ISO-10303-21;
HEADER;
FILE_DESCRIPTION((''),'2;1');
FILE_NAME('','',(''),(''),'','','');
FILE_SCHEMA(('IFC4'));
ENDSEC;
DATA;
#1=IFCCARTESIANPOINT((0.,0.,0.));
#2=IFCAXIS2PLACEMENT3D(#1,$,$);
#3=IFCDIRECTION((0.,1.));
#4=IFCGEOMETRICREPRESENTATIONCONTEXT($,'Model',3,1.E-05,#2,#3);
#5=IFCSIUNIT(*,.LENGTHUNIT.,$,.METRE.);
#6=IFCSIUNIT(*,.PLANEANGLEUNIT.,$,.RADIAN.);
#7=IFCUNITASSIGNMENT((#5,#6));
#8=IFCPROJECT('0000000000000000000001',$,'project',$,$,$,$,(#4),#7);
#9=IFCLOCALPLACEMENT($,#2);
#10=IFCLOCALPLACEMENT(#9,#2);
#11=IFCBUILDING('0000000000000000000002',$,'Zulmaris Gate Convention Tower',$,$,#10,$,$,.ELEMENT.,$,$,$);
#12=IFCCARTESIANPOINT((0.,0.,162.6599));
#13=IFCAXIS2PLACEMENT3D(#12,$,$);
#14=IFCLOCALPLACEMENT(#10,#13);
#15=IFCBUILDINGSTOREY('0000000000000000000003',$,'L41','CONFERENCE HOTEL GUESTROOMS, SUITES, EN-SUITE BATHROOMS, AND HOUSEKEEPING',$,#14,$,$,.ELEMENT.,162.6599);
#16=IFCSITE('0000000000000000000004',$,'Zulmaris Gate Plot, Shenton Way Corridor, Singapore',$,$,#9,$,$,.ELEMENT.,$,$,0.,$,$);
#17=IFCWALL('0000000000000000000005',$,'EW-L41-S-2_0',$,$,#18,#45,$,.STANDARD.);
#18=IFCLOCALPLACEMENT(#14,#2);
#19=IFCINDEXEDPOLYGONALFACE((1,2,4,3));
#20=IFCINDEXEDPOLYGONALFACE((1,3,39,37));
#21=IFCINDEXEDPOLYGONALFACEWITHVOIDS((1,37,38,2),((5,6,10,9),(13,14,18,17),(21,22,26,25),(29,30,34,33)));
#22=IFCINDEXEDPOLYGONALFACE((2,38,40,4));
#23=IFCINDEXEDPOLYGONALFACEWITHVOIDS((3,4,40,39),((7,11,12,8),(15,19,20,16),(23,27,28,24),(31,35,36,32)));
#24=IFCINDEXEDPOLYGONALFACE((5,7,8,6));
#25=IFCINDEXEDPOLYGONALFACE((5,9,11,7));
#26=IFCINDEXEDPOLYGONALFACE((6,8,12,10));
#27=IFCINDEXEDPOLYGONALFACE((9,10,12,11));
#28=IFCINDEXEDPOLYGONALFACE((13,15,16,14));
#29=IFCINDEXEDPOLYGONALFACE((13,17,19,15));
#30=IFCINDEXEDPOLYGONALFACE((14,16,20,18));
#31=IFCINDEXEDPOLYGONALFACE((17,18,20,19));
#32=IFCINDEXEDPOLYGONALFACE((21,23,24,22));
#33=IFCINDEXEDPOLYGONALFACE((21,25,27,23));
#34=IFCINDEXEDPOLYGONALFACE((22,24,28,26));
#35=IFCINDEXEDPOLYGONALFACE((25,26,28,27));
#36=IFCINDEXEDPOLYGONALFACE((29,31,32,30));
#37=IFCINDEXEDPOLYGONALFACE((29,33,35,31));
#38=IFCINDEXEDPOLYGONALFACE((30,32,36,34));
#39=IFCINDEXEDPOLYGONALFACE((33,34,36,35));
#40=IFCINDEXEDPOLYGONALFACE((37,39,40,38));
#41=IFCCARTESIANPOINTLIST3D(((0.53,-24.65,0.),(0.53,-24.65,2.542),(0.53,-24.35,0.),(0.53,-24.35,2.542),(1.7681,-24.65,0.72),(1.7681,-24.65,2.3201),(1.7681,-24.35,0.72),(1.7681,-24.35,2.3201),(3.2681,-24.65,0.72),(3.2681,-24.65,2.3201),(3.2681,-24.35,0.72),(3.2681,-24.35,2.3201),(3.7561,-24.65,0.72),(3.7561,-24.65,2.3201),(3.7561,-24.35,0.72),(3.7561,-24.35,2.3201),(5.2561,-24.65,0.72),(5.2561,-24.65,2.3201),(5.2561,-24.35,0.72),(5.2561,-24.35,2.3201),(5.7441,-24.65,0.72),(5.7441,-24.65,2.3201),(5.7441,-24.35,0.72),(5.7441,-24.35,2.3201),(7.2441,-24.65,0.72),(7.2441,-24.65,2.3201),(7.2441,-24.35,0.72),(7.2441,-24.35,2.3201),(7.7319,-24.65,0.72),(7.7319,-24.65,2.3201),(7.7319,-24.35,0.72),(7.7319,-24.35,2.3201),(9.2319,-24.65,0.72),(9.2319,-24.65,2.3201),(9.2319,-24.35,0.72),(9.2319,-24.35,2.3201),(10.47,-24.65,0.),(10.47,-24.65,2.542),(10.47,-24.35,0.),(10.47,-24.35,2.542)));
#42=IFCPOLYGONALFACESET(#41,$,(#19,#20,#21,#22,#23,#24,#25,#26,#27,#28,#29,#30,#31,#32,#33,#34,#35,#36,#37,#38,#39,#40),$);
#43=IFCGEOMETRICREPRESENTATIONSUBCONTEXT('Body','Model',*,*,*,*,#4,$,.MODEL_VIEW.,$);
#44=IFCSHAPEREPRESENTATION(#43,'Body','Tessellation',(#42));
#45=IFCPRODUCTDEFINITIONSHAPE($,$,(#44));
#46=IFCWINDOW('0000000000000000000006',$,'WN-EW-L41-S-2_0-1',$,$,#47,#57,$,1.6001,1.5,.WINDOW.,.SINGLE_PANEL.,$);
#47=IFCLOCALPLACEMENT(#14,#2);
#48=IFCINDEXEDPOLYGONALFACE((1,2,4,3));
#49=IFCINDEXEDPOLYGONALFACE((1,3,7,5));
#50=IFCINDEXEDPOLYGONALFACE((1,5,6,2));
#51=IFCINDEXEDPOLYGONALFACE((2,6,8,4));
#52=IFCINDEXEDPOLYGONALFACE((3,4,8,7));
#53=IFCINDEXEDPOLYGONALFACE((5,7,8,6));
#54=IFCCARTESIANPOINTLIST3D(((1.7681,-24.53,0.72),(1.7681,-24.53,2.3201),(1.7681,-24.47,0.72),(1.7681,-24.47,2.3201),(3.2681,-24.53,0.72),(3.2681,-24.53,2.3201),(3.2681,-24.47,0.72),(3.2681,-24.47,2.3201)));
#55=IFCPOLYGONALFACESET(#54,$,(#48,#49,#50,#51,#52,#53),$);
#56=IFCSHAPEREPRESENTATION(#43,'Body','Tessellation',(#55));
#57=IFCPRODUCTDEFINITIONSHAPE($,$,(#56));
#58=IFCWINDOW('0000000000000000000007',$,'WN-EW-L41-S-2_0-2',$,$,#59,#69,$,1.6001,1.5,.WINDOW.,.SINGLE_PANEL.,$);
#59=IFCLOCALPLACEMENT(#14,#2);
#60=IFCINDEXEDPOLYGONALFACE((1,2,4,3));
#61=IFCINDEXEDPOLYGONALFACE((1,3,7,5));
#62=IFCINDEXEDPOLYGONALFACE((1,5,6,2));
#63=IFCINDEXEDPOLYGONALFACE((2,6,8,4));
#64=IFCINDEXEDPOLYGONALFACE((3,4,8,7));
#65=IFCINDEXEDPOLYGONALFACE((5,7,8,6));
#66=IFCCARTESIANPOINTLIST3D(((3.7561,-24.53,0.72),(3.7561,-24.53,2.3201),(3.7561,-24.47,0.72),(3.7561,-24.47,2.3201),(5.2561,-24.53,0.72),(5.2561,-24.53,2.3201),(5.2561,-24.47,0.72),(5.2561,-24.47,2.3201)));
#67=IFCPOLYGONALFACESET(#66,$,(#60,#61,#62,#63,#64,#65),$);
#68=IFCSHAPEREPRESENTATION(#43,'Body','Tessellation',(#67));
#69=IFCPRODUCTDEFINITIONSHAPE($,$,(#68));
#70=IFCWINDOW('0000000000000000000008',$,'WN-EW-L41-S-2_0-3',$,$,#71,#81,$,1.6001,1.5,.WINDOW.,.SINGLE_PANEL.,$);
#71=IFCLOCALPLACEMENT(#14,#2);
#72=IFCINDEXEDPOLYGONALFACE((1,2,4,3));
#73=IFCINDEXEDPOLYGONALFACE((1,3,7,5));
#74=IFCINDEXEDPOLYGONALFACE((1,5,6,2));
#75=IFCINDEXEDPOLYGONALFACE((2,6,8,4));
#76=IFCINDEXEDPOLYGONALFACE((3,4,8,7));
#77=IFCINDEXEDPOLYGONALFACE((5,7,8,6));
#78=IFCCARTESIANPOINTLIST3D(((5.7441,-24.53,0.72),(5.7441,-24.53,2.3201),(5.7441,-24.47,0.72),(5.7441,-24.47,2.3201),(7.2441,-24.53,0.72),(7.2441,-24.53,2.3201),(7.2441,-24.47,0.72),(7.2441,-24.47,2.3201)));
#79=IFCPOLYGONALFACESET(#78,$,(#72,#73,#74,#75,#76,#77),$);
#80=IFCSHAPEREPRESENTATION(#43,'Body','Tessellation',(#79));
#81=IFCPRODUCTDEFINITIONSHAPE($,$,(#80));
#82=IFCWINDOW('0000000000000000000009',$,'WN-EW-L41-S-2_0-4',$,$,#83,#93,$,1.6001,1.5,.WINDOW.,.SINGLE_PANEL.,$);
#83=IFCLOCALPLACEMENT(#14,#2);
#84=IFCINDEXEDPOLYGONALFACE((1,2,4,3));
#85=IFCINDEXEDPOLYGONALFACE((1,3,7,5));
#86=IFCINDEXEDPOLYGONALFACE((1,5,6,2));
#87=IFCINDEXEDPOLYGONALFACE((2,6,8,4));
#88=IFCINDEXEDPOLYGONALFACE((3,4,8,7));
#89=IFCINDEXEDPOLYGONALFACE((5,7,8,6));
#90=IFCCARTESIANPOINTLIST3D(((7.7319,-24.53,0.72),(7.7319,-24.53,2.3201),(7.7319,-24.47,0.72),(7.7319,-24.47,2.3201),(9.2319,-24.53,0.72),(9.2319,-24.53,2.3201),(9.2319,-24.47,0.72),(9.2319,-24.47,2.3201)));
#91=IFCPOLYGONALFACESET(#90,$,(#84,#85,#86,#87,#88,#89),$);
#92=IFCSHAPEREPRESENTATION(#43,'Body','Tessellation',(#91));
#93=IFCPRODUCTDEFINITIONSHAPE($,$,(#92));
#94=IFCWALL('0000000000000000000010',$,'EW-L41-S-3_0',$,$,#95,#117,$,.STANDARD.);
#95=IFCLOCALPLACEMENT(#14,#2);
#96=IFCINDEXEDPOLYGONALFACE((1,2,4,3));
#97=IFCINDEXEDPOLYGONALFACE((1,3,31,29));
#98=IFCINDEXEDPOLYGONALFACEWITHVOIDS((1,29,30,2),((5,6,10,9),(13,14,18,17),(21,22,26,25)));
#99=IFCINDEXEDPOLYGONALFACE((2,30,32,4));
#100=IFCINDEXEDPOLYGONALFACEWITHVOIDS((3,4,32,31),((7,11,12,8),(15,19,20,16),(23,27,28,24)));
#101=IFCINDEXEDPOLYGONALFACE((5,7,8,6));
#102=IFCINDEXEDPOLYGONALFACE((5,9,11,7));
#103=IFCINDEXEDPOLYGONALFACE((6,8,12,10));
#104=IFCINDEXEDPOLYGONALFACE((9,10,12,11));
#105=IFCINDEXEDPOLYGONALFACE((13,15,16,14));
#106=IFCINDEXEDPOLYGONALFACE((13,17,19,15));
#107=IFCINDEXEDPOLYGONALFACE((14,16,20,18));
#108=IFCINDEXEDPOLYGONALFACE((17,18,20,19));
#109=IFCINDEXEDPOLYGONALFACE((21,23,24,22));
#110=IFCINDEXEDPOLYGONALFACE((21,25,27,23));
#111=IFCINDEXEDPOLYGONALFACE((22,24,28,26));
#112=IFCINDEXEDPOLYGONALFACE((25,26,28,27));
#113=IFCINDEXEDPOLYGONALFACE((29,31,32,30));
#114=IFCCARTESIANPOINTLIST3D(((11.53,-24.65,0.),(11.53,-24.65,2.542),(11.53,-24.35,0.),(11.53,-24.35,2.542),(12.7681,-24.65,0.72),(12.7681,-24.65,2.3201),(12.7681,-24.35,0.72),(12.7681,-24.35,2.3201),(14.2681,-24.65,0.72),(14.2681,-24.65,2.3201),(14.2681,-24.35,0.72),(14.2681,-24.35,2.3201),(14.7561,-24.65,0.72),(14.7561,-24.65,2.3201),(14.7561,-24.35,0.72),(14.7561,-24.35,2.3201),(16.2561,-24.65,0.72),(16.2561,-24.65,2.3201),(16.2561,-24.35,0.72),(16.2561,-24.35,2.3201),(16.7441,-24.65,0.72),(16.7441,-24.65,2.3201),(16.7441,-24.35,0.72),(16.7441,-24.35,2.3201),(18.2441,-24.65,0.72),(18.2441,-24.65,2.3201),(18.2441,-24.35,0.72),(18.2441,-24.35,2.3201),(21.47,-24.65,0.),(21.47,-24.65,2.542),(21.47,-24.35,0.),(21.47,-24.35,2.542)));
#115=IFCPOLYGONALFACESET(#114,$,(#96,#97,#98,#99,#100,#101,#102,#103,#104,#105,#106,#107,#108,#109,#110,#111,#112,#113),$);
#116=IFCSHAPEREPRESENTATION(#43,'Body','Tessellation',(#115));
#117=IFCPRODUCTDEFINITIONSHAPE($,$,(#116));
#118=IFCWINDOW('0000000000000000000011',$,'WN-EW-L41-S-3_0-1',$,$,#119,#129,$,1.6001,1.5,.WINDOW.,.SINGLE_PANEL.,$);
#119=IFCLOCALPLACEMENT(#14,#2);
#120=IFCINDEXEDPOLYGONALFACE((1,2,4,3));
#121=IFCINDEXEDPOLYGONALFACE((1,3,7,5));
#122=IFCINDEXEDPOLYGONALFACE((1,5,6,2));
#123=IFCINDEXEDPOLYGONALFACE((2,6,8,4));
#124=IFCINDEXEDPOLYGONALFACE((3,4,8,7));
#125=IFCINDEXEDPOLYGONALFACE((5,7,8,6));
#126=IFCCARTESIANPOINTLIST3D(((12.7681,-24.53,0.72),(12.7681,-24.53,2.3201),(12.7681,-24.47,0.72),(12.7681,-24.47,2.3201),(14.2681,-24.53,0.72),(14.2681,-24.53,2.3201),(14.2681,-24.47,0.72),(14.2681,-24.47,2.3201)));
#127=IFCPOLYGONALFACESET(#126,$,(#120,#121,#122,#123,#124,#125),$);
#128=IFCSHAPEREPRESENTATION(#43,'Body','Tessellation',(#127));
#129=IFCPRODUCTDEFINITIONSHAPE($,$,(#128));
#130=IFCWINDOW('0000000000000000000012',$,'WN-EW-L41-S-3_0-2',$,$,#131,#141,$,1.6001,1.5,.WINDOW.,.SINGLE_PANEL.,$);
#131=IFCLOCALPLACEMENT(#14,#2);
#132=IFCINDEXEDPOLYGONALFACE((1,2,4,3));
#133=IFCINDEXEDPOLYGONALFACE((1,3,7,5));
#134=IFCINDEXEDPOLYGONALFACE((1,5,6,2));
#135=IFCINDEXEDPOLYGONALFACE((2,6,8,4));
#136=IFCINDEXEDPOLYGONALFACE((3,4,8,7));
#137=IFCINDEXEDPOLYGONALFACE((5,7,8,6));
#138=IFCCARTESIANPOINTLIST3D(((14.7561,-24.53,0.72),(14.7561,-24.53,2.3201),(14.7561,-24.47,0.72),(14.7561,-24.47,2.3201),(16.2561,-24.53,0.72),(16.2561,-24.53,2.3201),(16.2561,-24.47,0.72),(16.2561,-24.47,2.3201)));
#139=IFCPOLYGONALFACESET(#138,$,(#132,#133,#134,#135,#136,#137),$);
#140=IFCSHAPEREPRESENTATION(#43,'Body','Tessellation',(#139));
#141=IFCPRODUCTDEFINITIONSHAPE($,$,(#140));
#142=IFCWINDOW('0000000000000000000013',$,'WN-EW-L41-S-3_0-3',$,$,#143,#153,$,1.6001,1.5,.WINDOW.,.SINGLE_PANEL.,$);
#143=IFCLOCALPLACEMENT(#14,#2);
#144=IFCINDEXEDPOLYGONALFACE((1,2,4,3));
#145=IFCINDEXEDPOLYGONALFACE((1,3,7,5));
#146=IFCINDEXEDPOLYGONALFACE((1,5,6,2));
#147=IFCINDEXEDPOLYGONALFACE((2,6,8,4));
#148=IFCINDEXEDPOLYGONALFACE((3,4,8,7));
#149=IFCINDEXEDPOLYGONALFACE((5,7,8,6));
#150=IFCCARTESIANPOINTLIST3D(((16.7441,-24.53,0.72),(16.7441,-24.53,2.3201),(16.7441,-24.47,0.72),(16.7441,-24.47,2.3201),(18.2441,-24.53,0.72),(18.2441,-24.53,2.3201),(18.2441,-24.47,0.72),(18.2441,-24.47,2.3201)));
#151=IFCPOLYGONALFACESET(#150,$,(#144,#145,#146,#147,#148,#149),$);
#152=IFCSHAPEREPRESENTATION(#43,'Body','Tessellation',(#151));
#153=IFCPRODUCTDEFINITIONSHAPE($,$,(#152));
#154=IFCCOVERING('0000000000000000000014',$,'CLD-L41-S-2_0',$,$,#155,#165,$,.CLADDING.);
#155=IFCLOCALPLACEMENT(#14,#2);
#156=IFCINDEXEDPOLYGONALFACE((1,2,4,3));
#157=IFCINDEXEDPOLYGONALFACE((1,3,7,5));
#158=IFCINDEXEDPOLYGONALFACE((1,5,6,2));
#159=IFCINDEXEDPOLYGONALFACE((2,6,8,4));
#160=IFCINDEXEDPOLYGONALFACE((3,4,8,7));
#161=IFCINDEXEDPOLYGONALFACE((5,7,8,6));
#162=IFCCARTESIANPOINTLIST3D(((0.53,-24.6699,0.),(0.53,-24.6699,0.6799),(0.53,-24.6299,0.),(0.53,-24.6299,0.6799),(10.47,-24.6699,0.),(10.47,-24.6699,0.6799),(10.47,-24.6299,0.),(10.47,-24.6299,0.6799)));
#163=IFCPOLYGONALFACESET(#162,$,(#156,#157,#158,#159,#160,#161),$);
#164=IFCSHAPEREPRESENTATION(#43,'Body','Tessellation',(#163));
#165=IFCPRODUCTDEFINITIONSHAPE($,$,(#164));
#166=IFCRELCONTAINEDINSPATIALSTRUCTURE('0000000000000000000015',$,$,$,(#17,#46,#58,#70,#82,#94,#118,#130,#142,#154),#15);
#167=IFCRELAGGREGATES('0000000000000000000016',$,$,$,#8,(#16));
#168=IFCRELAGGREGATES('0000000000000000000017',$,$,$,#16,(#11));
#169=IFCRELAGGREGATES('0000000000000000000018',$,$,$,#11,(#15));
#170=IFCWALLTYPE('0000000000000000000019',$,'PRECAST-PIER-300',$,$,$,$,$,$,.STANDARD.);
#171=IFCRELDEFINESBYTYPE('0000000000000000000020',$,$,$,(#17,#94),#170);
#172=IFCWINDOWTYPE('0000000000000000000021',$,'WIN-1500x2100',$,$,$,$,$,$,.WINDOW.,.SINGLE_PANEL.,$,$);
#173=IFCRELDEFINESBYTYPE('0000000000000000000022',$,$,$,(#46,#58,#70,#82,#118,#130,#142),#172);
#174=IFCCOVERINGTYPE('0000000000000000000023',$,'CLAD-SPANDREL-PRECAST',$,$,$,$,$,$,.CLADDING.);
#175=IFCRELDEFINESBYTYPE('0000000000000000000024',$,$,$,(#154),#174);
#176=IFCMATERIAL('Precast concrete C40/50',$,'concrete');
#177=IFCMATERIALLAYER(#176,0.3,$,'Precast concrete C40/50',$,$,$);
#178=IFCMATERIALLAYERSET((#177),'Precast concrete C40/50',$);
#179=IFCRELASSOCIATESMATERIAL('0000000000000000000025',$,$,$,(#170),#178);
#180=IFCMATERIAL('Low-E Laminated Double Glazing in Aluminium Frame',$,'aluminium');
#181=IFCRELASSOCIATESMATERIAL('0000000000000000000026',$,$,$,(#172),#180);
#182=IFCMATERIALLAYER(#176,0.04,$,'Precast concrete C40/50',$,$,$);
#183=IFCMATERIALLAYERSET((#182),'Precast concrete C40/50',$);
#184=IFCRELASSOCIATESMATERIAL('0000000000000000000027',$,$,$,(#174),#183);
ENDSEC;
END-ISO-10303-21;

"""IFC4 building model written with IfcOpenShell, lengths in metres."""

from ifc_helpers import new_model, si_unit, direction, frame, frame_2d, origin, place, context, subcontext, project, spatial, rectangle, extrude, material, layer, layer_set, type_object, element, fill, save


model = new_model("IFC4")

# Units and contexts
model_context = context("Model", 3, precision=1e-05, world=origin(), true_north=direction((0.0, 1.0)))
body_context = subcontext(model_context, "Body", "Model", "MODEL_VIEW")
ifc_project = project(units=[si_unit("LENGTHUNIT", "METRE"), si_unit("PLANEANGLEUNIT", "RADIAN")], contexts=[model_context])

# Site, building, storey
site_placement = place(None, origin())
site = spatial("IfcSite", under=ifc_project, at=site_placement, Name="Zulmaris Gate Plot, Shenton Way Corridor, Singapore", CompositionType="ELEMENT", RefElevation=0.0)
building_placement = place(site_placement, origin())
building = spatial("IfcBuilding", under=site, at=building_placement, Name="Zulmaris Gate Convention Tower", CompositionType="ELEMENT")
storey_placement = place(building_placement, frame((0.0, 0.0, 162.6599)))
storey = spatial("IfcBuildingStorey", under=building, at=storey_placement, Name="L41", Description="CONFERENCE HOTEL GUESTROOMS, SUITES, EN-SUITE BATHROOMS, AND HOUSEKEEPING", CompositionType="ELEMENT", Elevation=162.6599)

# Walls, openings, windows
ifc_material_1 = material(Name="Precast concrete C40/50", Category="concrete")
ifc_layer_1 = layer(ifc_material_1, 0.3, Name="Precast concrete C40/50")
ifc_layer_set_1 = layer_set([ifc_layer_1], Name="Precast concrete C40/50")
wall_type_1 = type_object("IfcWallType", Name="PRECAST-PIER-300", PredefinedType="STANDARD", material=ifc_layer_set_1)
wall_1_placement = place(storey_placement, frame((0.53, -24.5, 0.0), z_axis=(0.0, 0.0, 1.0), x_axis=(1.0, 0.0, 0.0)))
wall_1 = element("IfcWall", 1, at=wall_1_placement, inside=storey, type_object=wall_type_1, Name="EW-L41-S-2_0", PredefinedType="STANDARD", context=body_context, shape_type="SweptSolid", body=[
    extrude(rectangle(XDim=9.9399, YDim=0.3, at=frame_2d((4.97, 0.0))), origin(), (0.0, 0.0, 1.0), 2.542),
])
opening_1_placement = place(wall_1_placement, frame((1.238, 0.0, 0.72)))
opening_1 = element("IfcOpeningElement", 2, at=opening_1_placement, cuts=wall_1, PredefinedType="OPENING", context=body_context, shape_type="SweptSolid", body=[
    extrude(rectangle(XDim=1.5, YDim=1.6001, at=frame_2d((0.75, 0.8))), frame((0.0, 0.1602, 0.0), z_axis=(0.0, -1.0, 0.0), x_axis=(1.0, 0.0, 0.0)), (0.0, 0.0, 1.0), 0.3201),
])
opening_2_placement = place(wall_1_placement, frame((3.2261, 0.0, 0.72)))
opening_2 = element("IfcOpeningElement", 3, at=opening_2_placement, cuts=wall_1, PredefinedType="OPENING", context=body_context, shape_type="SweptSolid", body=[
    extrude(rectangle(XDim=1.5, YDim=1.6001, at=frame_2d((0.75, 0.8))), frame((0.0, 0.1602, 0.0), z_axis=(0.0, -1.0, 0.0), x_axis=(1.0, 0.0, 0.0)), (0.0, 0.0, 1.0), 0.3201),
])
opening_3_placement = place(wall_1_placement, frame((5.2141, 0.0, 0.72)))
opening_3 = element("IfcOpeningElement", 4, at=opening_3_placement, cuts=wall_1, PredefinedType="OPENING", context=body_context, shape_type="SweptSolid", body=[
    extrude(rectangle(XDim=1.5, YDim=1.6001, at=frame_2d((0.75, 0.8))), frame((0.0, 0.1602, 0.0), z_axis=(0.0, -1.0, 0.0), x_axis=(1.0, 0.0, 0.0)), (0.0, 0.0, 1.0), 0.3201),
])
opening_4_placement = place(wall_1_placement, frame((7.2019, 0.0, 0.72)))
opening_4 = element("IfcOpeningElement", 5, at=opening_4_placement, cuts=wall_1, PredefinedType="OPENING", context=body_context, shape_type="SweptSolid", body=[
    extrude(rectangle(XDim=1.5, YDim=1.6001, at=frame_2d((0.75, 0.8))), frame((0.0, 0.1602, 0.0), z_axis=(0.0, -1.0, 0.0), x_axis=(1.0, 0.0, 0.0)), (0.0, 0.0, 1.0), 0.3201),
])
ifc_material_2 = material(Name="Low-E Laminated Double Glazing in Aluminium Frame", Category="aluminium")
window_type = type_object("IfcWindowType", Name="WIN-1500x2100", PartitioningType="SINGLE_PANEL", PredefinedType="WINDOW", material=ifc_material_2)
window_1_placement = place(opening_1_placement, origin())
window_1 = element("IfcWindow", 6, at=window_1_placement, inside=storey, type_object=window_type, Name="WN-EW-L41-S-2_0-1", OverallHeight=1.6001, OverallWidth=1.5, PartitioningType="SINGLE_PANEL", PredefinedType="WINDOW", context=body_context, shape_type="SweptSolid", body=[
    extrude(rectangle(XDim=1.5, YDim=1.6001, at=frame_2d((0.75, 0.8))), frame((0.0, 0.03, 0.0), z_axis=(0.0, -1.0, 0.0), x_axis=(1.0, 0.0, 0.0)), (0.0, 0.0, 1.0), 0.0601),
])
fill(opening_1, window_1)
window_2_placement = place(opening_2_placement, origin())
window_2 = element("IfcWindow", 7, at=window_2_placement, inside=storey, type_object=window_type, Name="WN-EW-L41-S-2_0-2", OverallHeight=1.6001, OverallWidth=1.5, PartitioningType="SINGLE_PANEL", PredefinedType="WINDOW", context=body_context, shape_type="SweptSolid", body=[
    extrude(rectangle(XDim=1.5, YDim=1.6001, at=frame_2d((0.75, 0.8))), frame((0.0, 0.03, 0.0), z_axis=(0.0, -1.0, 0.0), x_axis=(1.0, 0.0, 0.0)), (0.0, 0.0, 1.0), 0.0601),
])
fill(opening_2, window_2)
window_3_placement = place(opening_3_placement, origin())
window_3 = element("IfcWindow", 8, at=window_3_placement, inside=storey, type_object=window_type, Name="WN-EW-L41-S-2_0-3", OverallHeight=1.6001, OverallWidth=1.5, PartitioningType="SINGLE_PANEL", PredefinedType="WINDOW", context=body_context, shape_type="SweptSolid", body=[
    extrude(rectangle(XDim=1.5, YDim=1.6001, at=frame_2d((0.75, 0.8))), frame((0.0, 0.03, 0.0), z_axis=(0.0, -1.0, 0.0), x_axis=(1.0, 0.0, 0.0)), (0.0, 0.0, 1.0), 0.0601),
])
fill(opening_3, window_3)
window_4_placement = place(opening_4_placement, origin())
window_4 = element("IfcWindow", 9, at=window_4_placement, inside=storey, type_object=window_type, Name="WN-EW-L41-S-2_0-4", OverallHeight=1.6001, OverallWidth=1.5, PartitioningType="SINGLE_PANEL", PredefinedType="WINDOW", context=body_context, shape_type="SweptSolid", body=[
    extrude(rectangle(XDim=1.5, YDim=1.6001, at=frame_2d((0.75, 0.8))), frame((0.0, 0.03, 0.0), z_axis=(0.0, -1.0, 0.0), x_axis=(1.0, 0.0, 0.0)), (0.0, 0.0, 1.0), 0.0601),
])
fill(opening_4, window_4)
wall_2_placement = place(storey_placement, frame((11.53, -24.5, 0.0), z_axis=(0.0, 0.0, 1.0), x_axis=(1.0, 0.0, 0.0)))
wall_2 = element("IfcWall", 10, at=wall_2_placement, inside=storey, type_object=wall_type_1, Name="EW-L41-S-3_0", PredefinedType="STANDARD", context=body_context, shape_type="SweptSolid", body=[
    extrude(rectangle(XDim=9.9399, YDim=0.3, at=frame_2d((4.97, 0.0))), origin(), (0.0, 0.0, 1.0), 2.542),
])
opening_5_placement = place(wall_2_placement, frame((1.238, 0.0, 0.72)))
opening_5 = element("IfcOpeningElement", 11, at=opening_5_placement, cuts=wall_2, PredefinedType="OPENING", context=body_context, shape_type="SweptSolid", body=[
    extrude(rectangle(XDim=1.5, YDim=1.6001, at=frame_2d((0.75, 0.8))), frame((0.0, 0.1602, 0.0), z_axis=(0.0, -1.0, 0.0), x_axis=(1.0, 0.0, 0.0)), (0.0, 0.0, 1.0), 0.3201),
])
opening_6_placement = place(wall_2_placement, frame((3.2261, 0.0, 0.72)))
opening_6 = element("IfcOpeningElement", 12, at=opening_6_placement, cuts=wall_2, PredefinedType="OPENING", context=body_context, shape_type="SweptSolid", body=[
    extrude(rectangle(XDim=1.5, YDim=1.6001, at=frame_2d((0.75, 0.8))), frame((0.0, 0.1602, 0.0), z_axis=(0.0, -1.0, 0.0), x_axis=(1.0, 0.0, 0.0)), (0.0, 0.0, 1.0), 0.3201),
])
opening_7_placement = place(wall_2_placement, frame((5.2141, 0.0, 0.72)))
opening_7 = element("IfcOpeningElement", 13, at=opening_7_placement, cuts=wall_2, PredefinedType="OPENING", context=body_context, shape_type="SweptSolid", body=[
    extrude(rectangle(XDim=1.5, YDim=1.6001, at=frame_2d((0.75, 0.8))), frame((0.0, 0.1602, 0.0), z_axis=(0.0, -1.0, 0.0), x_axis=(1.0, 0.0, 0.0)), (0.0, 0.0, 1.0), 0.3201),
])
window_5_placement = place(opening_5_placement, origin())
window_5 = element("IfcWindow", 14, at=window_5_placement, inside=storey, type_object=window_type, Name="WN-EW-L41-S-3_0-1", OverallHeight=1.6001, OverallWidth=1.5, PartitioningType="SINGLE_PANEL", PredefinedType="WINDOW", context=body_context, shape_type="SweptSolid", body=[
    extrude(rectangle(XDim=1.5, YDim=1.6001, at=frame_2d((0.75, 0.8))), frame((0.0, 0.03, 0.0), z_axis=(0.0, -1.0, 0.0), x_axis=(1.0, 0.0, 0.0)), (0.0, 0.0, 1.0), 0.0601),
])
fill(opening_5, window_5)
window_6_placement = place(opening_6_placement, origin())
window_6 = element("IfcWindow", 15, at=window_6_placement, inside=storey, type_object=window_type, Name="WN-EW-L41-S-3_0-2", OverallHeight=1.6001, OverallWidth=1.5, PartitioningType="SINGLE_PANEL", PredefinedType="WINDOW", context=body_context, shape_type="SweptSolid", body=[
    extrude(rectangle(XDim=1.5, YDim=1.6001, at=frame_2d((0.75, 0.8))), frame((0.0, 0.03, 0.0), z_axis=(0.0, -1.0, 0.0), x_axis=(1.0, 0.0, 0.0)), (0.0, 0.0, 1.0), 0.0601),
])
fill(opening_6, window_6)
window_7_placement = place(opening_7_placement, origin())
window_7 = element("IfcWindow", 16, at=window_7_placement, inside=storey, type_object=window_type, Name="WN-EW-L41-S-3_0-3", OverallHeight=1.6001, OverallWidth=1.5, PartitioningType="SINGLE_PANEL", PredefinedType="WINDOW", context=body_context, shape_type="SweptSolid", body=[
    extrude(rectangle(XDim=1.5, YDim=1.6001, at=frame_2d((0.75, 0.8))), frame((0.0, 0.03, 0.0), z_axis=(0.0, -1.0, 0.0), x_axis=(1.0, 0.0, 0.0)), (0.0, 0.0, 1.0), 0.0601),
])
fill(opening_7, window_7)

# Covering
ifc_layer_2 = layer(ifc_material_1, 0.04, Name="Precast concrete C40/50")
ifc_layer_set_2 = layer_set([ifc_layer_2], Name="Precast concrete C40/50")
covering_type = type_object("IfcCoveringType", Name="CLAD-SPANDREL-PRECAST", PredefinedType="CLADDING", material=ifc_layer_set_2)
for number, where, z_axis, x_axis, name in (
    (17, (0.53, -24.6499, 0.0), (0.0, 0.0, 1.0), (1.0, 0.0, 0.0), "CLD-L41-S-2_0"),
):
    element("IfcCovering", number, at=place(storey_placement, frame(where, z_axis=z_axis, x_axis=x_axis)), inside=storey, type_object=covering_type, Name=name, PredefinedType="CLADDING", context=body_context, shape_type="SweptSolid", body=[
        extrude(rectangle(XDim=9.9399, YDim=0.04, at=frame_2d((4.97, 0.0))), origin(), (0.0, 0.0, 1.0), 0.6799),
    ])

save(model, "model.ifc")
